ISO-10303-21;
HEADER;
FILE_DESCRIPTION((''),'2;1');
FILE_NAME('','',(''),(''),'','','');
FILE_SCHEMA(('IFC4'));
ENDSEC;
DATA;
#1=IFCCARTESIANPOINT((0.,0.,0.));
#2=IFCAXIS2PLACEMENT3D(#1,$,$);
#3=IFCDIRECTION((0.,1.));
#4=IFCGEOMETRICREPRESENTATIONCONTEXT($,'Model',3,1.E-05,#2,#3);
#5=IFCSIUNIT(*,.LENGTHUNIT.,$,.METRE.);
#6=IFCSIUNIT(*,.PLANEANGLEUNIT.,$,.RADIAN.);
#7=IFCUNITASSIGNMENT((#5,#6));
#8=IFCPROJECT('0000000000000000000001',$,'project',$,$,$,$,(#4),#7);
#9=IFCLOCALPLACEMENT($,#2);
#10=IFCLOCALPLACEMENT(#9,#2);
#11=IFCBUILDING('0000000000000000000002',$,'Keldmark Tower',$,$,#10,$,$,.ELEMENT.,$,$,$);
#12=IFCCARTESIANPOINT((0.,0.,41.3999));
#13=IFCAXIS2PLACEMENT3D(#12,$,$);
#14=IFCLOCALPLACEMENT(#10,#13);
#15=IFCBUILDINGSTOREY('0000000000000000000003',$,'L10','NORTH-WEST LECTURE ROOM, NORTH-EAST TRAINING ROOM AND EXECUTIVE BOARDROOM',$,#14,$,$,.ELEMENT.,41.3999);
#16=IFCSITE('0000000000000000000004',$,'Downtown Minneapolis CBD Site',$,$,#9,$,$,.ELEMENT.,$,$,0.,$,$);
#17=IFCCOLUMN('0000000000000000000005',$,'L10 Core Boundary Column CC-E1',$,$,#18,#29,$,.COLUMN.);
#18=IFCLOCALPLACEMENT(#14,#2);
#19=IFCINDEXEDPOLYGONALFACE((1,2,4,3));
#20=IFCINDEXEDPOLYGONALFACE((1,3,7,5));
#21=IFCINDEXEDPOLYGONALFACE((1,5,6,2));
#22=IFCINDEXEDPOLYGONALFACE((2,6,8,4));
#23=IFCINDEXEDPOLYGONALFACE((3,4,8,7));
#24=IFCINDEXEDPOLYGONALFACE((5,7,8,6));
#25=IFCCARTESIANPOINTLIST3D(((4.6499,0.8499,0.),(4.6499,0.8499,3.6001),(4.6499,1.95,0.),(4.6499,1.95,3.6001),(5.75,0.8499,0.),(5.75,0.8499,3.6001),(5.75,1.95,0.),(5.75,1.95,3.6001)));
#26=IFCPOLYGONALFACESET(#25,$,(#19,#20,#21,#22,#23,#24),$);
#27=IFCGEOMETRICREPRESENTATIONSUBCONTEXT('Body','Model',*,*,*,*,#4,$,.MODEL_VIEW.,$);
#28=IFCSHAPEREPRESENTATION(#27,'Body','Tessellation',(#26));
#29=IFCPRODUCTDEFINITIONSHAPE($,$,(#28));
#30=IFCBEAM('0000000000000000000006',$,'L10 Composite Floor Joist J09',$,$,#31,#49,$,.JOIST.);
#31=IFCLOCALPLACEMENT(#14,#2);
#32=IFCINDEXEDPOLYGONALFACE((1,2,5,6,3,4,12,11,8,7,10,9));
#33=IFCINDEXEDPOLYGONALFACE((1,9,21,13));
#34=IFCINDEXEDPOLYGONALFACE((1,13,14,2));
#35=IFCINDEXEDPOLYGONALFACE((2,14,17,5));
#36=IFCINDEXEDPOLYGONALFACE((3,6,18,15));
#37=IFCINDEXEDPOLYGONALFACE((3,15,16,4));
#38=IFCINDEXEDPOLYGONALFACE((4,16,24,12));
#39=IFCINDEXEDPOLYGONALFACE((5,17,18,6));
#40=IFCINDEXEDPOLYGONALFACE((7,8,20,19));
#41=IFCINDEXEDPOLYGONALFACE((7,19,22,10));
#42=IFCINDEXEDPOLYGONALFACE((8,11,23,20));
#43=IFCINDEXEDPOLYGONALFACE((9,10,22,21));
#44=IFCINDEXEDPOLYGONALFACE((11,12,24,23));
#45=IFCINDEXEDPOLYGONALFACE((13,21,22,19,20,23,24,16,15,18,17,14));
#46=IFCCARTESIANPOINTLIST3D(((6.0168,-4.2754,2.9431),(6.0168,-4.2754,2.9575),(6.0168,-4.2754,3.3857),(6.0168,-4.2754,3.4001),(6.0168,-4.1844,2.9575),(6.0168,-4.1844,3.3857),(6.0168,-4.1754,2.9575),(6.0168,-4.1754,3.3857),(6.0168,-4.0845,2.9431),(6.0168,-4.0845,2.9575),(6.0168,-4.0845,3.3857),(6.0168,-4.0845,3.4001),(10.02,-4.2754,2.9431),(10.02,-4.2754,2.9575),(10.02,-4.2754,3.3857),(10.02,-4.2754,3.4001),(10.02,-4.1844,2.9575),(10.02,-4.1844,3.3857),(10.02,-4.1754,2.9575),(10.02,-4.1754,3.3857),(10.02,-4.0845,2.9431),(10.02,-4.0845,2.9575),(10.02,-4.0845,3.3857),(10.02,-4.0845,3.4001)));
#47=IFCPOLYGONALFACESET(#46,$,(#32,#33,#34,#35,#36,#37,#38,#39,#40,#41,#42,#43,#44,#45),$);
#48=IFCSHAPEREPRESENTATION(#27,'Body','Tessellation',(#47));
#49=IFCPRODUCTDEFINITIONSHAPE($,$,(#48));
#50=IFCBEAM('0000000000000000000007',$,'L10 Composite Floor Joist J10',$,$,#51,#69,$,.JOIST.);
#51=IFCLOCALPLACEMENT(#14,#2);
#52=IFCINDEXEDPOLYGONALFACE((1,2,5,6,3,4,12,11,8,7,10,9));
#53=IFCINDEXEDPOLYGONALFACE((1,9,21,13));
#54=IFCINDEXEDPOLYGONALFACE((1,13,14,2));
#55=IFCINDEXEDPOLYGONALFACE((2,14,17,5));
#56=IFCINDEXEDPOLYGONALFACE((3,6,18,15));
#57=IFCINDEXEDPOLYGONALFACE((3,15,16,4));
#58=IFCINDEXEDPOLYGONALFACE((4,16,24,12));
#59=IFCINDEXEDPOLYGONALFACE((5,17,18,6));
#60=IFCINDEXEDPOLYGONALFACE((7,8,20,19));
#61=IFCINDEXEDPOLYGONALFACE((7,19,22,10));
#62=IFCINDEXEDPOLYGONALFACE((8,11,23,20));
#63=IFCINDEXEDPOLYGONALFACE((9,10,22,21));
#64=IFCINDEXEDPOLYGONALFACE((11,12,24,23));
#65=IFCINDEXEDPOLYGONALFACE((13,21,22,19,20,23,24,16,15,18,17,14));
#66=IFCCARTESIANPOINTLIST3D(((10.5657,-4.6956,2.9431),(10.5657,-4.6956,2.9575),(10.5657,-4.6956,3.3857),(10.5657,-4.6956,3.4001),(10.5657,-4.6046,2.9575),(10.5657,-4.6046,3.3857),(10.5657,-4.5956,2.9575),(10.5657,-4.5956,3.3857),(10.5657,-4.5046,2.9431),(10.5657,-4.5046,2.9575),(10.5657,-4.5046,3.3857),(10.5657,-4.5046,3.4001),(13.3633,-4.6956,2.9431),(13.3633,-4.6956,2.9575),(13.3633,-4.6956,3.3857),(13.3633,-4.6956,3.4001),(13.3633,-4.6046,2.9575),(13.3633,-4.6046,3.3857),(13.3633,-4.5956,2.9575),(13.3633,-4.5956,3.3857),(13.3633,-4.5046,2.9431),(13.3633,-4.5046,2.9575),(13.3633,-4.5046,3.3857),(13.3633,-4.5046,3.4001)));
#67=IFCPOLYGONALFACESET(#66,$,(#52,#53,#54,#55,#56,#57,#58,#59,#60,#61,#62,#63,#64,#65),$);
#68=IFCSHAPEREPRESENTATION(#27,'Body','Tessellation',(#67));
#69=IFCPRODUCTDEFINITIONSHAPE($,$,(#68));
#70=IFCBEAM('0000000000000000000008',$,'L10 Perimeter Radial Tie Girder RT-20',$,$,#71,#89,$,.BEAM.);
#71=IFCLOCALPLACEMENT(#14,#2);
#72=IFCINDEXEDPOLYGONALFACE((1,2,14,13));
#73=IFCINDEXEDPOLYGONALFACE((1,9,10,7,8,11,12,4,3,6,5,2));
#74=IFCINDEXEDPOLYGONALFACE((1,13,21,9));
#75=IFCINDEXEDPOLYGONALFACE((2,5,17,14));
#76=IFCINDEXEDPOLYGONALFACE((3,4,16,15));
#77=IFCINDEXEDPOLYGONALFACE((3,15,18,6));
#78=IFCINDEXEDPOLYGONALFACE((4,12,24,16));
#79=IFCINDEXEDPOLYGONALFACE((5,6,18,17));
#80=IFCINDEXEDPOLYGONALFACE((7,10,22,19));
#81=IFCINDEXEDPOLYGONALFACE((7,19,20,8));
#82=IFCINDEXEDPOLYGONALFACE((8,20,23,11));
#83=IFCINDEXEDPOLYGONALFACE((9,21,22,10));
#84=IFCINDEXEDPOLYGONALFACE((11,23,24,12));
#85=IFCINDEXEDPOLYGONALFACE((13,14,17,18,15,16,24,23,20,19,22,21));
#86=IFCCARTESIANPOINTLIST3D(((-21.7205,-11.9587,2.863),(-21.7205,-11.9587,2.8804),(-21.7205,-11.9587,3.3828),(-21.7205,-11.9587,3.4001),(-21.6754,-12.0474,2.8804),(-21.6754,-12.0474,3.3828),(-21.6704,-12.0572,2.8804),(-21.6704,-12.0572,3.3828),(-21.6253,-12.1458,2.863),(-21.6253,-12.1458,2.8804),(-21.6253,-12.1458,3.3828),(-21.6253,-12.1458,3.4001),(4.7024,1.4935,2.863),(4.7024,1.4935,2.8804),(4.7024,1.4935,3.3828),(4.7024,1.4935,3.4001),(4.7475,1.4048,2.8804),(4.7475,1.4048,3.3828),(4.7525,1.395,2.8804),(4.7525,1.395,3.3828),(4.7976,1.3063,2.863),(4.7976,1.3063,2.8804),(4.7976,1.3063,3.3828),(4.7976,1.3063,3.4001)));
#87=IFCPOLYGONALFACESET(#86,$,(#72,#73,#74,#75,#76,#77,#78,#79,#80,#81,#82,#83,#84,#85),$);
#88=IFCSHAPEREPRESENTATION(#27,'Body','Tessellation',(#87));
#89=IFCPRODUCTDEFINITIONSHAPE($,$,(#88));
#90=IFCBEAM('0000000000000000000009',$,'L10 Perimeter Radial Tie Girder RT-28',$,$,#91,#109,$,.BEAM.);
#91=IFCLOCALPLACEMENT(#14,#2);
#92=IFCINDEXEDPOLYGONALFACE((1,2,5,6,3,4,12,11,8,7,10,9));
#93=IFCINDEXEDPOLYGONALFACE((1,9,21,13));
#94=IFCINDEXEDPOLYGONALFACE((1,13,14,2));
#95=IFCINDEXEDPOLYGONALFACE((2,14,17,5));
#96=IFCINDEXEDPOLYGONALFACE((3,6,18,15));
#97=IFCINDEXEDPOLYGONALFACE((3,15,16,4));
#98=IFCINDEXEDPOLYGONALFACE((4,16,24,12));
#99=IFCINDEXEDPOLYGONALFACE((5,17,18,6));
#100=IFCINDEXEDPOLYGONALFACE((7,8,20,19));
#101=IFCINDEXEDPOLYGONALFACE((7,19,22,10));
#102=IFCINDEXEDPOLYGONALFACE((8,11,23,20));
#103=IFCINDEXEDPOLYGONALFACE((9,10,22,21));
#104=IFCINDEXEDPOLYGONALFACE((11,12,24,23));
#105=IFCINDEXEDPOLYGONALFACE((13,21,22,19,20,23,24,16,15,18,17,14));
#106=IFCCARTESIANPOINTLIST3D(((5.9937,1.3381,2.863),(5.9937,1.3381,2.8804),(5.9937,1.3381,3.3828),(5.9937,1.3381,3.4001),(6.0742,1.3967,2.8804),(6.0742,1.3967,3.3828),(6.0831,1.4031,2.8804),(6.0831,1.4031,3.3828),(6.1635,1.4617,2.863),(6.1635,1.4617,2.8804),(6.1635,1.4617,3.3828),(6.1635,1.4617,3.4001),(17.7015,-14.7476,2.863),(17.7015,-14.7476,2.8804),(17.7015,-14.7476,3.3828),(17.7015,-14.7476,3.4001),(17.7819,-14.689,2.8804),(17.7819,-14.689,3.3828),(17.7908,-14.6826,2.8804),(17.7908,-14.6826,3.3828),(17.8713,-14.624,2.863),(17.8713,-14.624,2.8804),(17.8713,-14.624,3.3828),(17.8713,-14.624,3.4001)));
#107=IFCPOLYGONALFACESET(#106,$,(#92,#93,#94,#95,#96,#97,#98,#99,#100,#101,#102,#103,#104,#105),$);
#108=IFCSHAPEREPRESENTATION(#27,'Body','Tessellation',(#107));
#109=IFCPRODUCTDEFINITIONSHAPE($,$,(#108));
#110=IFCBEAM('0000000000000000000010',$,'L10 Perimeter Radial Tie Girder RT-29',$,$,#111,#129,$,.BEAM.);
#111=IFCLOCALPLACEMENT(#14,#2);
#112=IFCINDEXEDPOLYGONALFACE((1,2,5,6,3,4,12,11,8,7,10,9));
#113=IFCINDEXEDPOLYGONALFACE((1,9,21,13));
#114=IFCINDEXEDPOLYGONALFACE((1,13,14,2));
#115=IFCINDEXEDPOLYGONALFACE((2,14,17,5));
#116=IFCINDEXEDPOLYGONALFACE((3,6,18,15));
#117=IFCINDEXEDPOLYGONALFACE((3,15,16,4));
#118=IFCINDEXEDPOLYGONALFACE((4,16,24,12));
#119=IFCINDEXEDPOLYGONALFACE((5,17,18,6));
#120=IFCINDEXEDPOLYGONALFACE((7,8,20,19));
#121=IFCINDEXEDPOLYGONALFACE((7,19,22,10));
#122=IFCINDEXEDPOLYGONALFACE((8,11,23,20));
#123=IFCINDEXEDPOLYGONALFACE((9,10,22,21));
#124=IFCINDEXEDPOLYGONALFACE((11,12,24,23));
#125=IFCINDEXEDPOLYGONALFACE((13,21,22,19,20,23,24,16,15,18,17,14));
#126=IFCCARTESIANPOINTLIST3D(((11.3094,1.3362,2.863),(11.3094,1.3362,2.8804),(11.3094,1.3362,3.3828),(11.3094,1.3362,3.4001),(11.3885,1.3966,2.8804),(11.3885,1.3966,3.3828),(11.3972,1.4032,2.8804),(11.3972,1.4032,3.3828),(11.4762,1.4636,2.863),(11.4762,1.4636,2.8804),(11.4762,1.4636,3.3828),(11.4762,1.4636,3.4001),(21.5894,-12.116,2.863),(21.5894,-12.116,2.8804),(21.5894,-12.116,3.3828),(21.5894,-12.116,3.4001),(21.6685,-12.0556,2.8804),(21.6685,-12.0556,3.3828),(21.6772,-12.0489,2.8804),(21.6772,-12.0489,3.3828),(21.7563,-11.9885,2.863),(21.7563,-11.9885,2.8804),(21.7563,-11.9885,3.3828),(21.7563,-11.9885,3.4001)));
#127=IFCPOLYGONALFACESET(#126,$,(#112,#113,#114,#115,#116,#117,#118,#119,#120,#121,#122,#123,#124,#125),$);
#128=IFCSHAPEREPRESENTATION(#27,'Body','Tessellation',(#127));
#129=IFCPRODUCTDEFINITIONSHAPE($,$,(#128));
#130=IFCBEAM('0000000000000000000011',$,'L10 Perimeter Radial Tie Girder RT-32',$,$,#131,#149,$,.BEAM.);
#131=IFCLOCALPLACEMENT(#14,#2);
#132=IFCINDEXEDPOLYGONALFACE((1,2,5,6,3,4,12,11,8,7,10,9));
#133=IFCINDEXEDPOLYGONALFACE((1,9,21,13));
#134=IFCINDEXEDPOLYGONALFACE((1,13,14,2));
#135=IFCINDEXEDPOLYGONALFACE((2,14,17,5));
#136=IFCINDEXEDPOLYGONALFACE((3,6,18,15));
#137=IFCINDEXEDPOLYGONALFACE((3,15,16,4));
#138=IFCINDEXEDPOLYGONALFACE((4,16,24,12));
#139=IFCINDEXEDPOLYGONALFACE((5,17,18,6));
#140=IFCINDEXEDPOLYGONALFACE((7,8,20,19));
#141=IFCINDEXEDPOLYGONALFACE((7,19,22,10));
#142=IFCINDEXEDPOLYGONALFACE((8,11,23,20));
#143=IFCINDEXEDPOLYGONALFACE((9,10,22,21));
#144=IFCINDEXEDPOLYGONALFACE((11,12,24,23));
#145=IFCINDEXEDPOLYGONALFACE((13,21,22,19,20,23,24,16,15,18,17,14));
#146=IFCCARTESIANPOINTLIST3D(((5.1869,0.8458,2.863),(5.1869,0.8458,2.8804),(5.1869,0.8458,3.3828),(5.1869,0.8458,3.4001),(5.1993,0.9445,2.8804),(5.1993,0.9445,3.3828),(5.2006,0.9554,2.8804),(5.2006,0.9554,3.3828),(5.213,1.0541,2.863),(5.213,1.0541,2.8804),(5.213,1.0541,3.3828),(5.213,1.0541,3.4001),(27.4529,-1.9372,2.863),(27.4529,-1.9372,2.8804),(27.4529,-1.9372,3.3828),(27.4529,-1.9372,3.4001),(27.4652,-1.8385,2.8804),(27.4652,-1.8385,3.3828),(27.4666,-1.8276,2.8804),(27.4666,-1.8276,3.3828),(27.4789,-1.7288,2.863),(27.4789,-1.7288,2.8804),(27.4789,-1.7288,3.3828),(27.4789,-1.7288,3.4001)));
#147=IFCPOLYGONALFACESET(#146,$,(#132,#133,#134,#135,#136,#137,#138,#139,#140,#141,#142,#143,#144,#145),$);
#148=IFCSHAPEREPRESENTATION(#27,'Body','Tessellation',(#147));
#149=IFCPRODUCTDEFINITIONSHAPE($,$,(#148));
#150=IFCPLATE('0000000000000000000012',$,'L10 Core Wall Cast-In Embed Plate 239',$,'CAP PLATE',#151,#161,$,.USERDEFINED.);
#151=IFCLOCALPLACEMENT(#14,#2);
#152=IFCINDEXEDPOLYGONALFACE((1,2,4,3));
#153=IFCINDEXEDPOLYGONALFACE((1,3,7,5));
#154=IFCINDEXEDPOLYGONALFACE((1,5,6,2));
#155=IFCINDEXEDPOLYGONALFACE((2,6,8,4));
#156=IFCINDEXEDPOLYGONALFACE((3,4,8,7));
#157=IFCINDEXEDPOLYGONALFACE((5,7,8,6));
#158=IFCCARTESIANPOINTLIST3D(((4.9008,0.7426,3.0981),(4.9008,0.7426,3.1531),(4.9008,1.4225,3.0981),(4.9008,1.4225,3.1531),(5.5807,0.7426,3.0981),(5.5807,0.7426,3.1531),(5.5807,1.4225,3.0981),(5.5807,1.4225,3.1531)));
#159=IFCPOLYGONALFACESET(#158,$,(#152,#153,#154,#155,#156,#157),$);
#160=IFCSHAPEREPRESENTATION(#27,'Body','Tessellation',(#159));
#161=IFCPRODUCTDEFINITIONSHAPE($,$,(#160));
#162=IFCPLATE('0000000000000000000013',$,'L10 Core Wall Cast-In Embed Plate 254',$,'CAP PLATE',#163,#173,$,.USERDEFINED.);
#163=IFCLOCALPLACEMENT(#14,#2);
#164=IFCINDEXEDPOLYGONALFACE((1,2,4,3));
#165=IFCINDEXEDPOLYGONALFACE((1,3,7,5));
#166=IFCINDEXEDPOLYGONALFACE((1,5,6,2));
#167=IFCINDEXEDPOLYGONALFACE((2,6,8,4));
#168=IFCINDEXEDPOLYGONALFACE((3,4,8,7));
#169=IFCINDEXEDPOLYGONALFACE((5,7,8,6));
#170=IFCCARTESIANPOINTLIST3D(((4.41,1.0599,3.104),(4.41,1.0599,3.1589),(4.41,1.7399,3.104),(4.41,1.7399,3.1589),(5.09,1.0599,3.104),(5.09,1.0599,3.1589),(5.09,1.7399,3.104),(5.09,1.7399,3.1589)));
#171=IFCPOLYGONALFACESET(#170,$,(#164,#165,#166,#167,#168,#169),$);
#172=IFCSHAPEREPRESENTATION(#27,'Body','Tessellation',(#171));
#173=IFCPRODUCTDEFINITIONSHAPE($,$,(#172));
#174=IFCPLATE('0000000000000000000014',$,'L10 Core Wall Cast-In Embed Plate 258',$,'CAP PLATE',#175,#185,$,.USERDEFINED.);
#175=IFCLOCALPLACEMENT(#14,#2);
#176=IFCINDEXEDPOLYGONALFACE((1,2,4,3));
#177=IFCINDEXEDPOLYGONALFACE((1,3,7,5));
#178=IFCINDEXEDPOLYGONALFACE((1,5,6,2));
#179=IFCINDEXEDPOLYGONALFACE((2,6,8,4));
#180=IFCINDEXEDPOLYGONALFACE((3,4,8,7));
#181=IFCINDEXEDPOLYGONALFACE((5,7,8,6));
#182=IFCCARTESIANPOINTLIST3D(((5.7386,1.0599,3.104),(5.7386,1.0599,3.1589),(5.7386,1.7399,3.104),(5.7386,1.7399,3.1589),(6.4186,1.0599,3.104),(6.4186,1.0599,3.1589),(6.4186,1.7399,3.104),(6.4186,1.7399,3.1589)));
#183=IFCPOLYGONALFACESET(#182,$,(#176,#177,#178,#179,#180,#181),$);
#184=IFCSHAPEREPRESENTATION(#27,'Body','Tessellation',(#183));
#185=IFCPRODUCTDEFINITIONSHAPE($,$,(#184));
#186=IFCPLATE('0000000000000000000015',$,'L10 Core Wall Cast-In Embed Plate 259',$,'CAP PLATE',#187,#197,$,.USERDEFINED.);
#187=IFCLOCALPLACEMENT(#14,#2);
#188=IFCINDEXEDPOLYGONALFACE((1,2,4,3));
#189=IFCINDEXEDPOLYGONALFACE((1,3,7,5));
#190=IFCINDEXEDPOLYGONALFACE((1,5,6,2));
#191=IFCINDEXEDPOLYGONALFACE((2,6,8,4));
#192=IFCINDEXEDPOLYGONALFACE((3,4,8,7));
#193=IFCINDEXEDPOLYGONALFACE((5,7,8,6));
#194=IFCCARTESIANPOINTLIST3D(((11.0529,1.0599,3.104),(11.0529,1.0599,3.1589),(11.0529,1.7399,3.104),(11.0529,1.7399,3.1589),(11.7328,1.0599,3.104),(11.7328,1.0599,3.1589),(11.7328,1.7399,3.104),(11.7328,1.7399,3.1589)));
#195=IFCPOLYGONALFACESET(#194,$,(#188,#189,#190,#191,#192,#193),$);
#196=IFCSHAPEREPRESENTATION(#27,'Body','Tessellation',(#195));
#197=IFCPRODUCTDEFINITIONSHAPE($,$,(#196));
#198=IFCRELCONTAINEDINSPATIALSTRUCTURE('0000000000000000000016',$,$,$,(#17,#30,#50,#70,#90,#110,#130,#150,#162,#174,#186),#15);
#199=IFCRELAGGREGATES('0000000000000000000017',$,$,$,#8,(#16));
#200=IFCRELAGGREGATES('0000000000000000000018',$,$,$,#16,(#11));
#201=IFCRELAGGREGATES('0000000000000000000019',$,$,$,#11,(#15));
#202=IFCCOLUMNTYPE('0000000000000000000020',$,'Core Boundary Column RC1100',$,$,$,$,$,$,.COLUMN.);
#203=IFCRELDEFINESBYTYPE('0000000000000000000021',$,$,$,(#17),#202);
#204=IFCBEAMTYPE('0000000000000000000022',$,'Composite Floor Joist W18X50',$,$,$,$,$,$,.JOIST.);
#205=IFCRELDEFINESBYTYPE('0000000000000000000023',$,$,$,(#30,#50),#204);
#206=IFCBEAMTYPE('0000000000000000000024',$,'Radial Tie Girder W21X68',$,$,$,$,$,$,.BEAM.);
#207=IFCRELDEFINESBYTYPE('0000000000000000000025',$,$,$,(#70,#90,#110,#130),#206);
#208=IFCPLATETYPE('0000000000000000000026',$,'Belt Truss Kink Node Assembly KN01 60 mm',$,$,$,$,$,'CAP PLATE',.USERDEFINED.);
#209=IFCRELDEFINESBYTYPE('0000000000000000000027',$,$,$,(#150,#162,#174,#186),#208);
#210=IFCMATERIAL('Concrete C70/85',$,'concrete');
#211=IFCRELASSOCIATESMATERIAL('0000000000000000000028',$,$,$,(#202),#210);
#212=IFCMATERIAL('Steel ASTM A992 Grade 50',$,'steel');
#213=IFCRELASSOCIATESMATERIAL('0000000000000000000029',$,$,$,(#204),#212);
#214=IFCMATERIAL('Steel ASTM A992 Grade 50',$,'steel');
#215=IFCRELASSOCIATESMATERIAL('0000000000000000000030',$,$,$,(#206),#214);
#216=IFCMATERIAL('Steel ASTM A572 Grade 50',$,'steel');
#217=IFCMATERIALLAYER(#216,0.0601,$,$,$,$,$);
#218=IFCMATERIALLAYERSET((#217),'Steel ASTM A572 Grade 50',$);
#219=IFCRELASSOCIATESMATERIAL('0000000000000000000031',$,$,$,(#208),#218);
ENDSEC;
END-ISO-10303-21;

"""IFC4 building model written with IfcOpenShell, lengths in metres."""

from ifc_helpers import new_model, si_unit, direction, frame, origin, origin_2d, place, context, subcontext, project, spatial, rectangle, i_section, extrude, material, layer, layer_set, material_profile, profile_set, type_object, element, save


model = new_model("IFC4")

# Units and contexts
model_context = context("Model", 3, precision=1e-05, world=origin(), true_north=direction((0.0, 1.0)))
body_context = subcontext(model_context, "Body", "Model", "MODEL_VIEW")
ifc_project = project(units=[si_unit("LENGTHUNIT", "METRE"), si_unit("PLANEANGLEUNIT", "RADIAN")], contexts=[model_context])

# Site, building, storey
site_placement = place(None, origin())
site = spatial("IfcSite", under=ifc_project, at=site_placement, Name="Downtown Minneapolis CBD Site", CompositionType="ELEMENT", RefElevation=0.0)
building_placement = place(site_placement, origin())
building = spatial("IfcBuilding", under=site, at=building_placement, Name="Keldmark Tower", CompositionType="ELEMENT")
storey_placement = place(building_placement, frame((0.0, 0.0, 41.3999)))
storey = spatial("IfcBuildingStorey", under=building, at=storey_placement, Name="L10", Description="NORTH-WEST LECTURE ROOM, NORTH-EAST TRAINING ROOM AND EXECUTIVE BOARDROOM", CompositionType="ELEMENT", Elevation=41.3999)

# Column
ifc_material_1 = material(Name="Concrete C70/85", Category="concrete")
ifc_material_profile_1 = material_profile(ifc_material_1, rectangle(XDim=1.1001, YDim=1.1001, at=origin_2d()), Name="RC1100X1100")
ifc_profile_set_1 = profile_set([ifc_material_profile_1], Name="Concrete C70/85")
column_type = type_object("IfcColumnType", Name="Core Boundary Column RC1100", PredefinedType="COLUMN", material=ifc_profile_set_1)
column_placement = place(storey_placement, frame((5.2, 1.3999, 0.0), z_axis=(0.0, 0.0, 1.0), x_axis=(1.0, 0.0, 0.0)))
element("IfcColumn", 1, at=column_placement, inside=storey, type_object=column_type, Name="L10 Core Boundary Column CC-E1", PredefinedType="COLUMN", context=body_context, shape_type="SweptSolid", body=[
    extrude(rectangle(XDim=1.1001, YDim=1.1001, at=origin_2d()), origin(), (0.0, 0.0, 1.0), 3.6001),
])

# Beams
ifc_material_2 = material(Name="Steel ASTM A992 Grade 50", Category="steel")
ifc_material_profile_2 = material_profile(ifc_material_2, i_section(OverallWidth=0.1909, OverallDepth=0.457, WebThickness=0.009, FlangeThickness=0.0144, at=origin_2d()), Name="W18X50")
ifc_profile_set_2 = profile_set([ifc_material_profile_2], Name="Steel ASTM A992 Grade 50")
beam_type_1 = type_object("IfcBeamType", Name="Composite Floor Joist W18X50", PredefinedType="JOIST", material=ifc_profile_set_2)
beam_1_placement = place(storey_placement, frame((6.0168, -4.1799, 3.1716), z_axis=(1.0, 0.0, 0.0), x_axis=(0.0, 1.0, 0.0)))
element("IfcBeam", 2, at=beam_1_placement, inside=storey, type_object=beam_type_1, Name="L10 Composite Floor Joist J09", PredefinedType="JOIST", context=body_context, shape_type="SweptSolid", body=[
    extrude(i_section(OverallWidth=0.1909, OverallDepth=0.457, WebThickness=0.009, FlangeThickness=0.0144, at=origin_2d()), origin(), (0.0, 0.0, 1.0), 4.0032),
])
beam_2_placement = place(storey_placement, frame((10.5657, -4.6001, 3.1716), z_axis=(1.0, 0.0, 0.0), x_axis=(0.0, 1.0, 0.0)))
element("IfcBeam", 3, at=beam_2_placement, inside=storey, type_object=beam_type_1, Name="L10 Composite Floor Joist J10", PredefinedType="JOIST", context=body_context, shape_type="SweptSolid", body=[
    extrude(i_section(OverallWidth=0.1909, OverallDepth=0.457, WebThickness=0.009, FlangeThickness=0.0144, at=origin_2d()), origin(), (0.0, 0.0, 1.0), 2.7976),
])
ifc_material_3 = material(Name="Steel ASTM A992 Grade 50", Category="steel")
ifc_material_profile_3 = material_profile(ifc_material_3, i_section(OverallWidth=0.21, OverallDepth=0.5371, WebThickness=0.011, FlangeThickness=0.0173, at=origin_2d()), Name="W21X68")
ifc_profile_set_3 = profile_set([ifc_material_profile_3], Name="Steel ASTM A992 Grade 50")
beam_type_2 = type_object("IfcBeamType", Name="Radial Tie Girder W21X68", PredefinedType="BEAM", material=ifc_profile_set_3)
beam_3_placement = place(storey_placement, frame((4.75, 1.3999, 3.1316), z_axis=(-0.891156, -0.453697, 0.0), x_axis=(0.453697, -0.891156, 0.0)))
element("IfcBeam", 4, at=beam_3_placement, inside=storey, type_object=beam_type_2, Name="L10 Perimeter Radial Tie Girder RT-20", PredefinedType="BEAM", context=body_context, shape_type="SweptSolid", body=[
    extrude(i_section(OverallWidth=0.21, OverallDepth=0.5371, WebThickness=0.011, FlangeThickness=0.0173, at=origin_2d()), origin(), (0.0, 0.0, 1.0), 29.6501),
])
beam_4_placement = place(storey_placement, frame((6.0786, 1.3999, 3.1316), z_axis=(0.58847, -0.808519, 0.0), x_axis=(0.808519, 0.58847, 0.0)))
element("IfcBeam", 5, at=beam_4_placement, inside=storey, type_object=beam_type_2, Name="L10 Perimeter Radial Tie Girder RT-28", PredefinedType="BEAM", context=body_context, shape_type="SweptSolid", body=[
    extrude(i_section(OverallWidth=0.21, OverallDepth=0.5371, WebThickness=0.011, FlangeThickness=0.0173, at=origin_2d()), origin(), (0.0, 0.0, 1.0), 19.8953),
])
beam_5_placement = place(storey_placement, frame((11.3928, 1.3999, 3.1316), z_axis=(0.607193, -0.794555, 0.0), x_axis=(0.794555, 0.607193, 0.0)))
element("IfcBeam", 6, at=beam_5_placement, inside=storey, type_object=beam_type_2, Name="L10 Perimeter Radial Tie Girder RT-29", PredefinedType="BEAM", context=body_context, shape_type="SweptSolid", body=[
    extrude(i_section(OverallWidth=0.21, OverallDepth=0.5371, WebThickness=0.011, FlangeThickness=0.0173, at=origin_2d()), origin(), (0.0, 0.0, 1.0), 16.9304),
])
beam_6_placement = place(storey_placement, frame((5.2, 0.95, 3.1316), z_axis=(0.992279, -0.124023, 0.0), x_axis=(0.124023, 0.992279, 0.0)))
element("IfcBeam", 7, at=beam_6_placement, inside=storey, type_object=beam_type_2, Name="L10 Perimeter Radial Tie Girder RT-32", PredefinedType="BEAM", context=body_context, shape_type="SweptSolid", body=[
    extrude(i_section(OverallWidth=0.21, OverallDepth=0.5371, WebThickness=0.011, FlangeThickness=0.0173, at=origin_2d()), origin(), (0.0, 0.0, 1.0), 22.4392),
])

# Plates
ifc_material_4 = material(Name="Steel ASTM A572 Grade 50", Category="steel")
ifc_layer_1 = layer(ifc_material_4, 0.0601)
ifc_layer_set_1 = layer_set([ifc_layer_1], Name="Steel ASTM A572 Grade 50")
plate_type = type_object("IfcPlateType", Name="Belt Truss Kink Node Assembly KN01 60 mm", ElementType="CAP PLATE", PredefinedType="USERDEFINED", material=ifc_layer_set_1)
for number, where, z_axis, x_axis, name in (
    (8, (5.2407, 1.0825, 3.0981), (0.0, 0.0, 1.0), (1.0, 0.0, 0.0), "L10 Core Wall Cast-In Embed Plate 239"),
    (9, (4.75, 1.3999, 3.104), (0.0, 0.0, 1.0), (1.0, 0.0, 0.0), "L10 Core Wall Cast-In Embed Plate 254"),
    (10, (6.0786, 1.3999, 3.104), (0.0, 0.0, 1.0), (1.0, 0.0, 0.0), "L10 Core Wall Cast-In Embed Plate 258"),
    (11, (11.3928, 1.3999, 3.104), (0.0, 0.0, 1.0), (1.0, 0.0, 0.0), "L10 Core Wall Cast-In Embed Plate 259"),
):
    element("IfcPlate", number, at=place(storey_placement, frame(where, z_axis=z_axis, x_axis=x_axis)), inside=storey, type_object=plate_type, Name=name, ObjectType="CAP PLATE", PredefinedType="USERDEFINED", context=body_context, shape_type="SweptSolid", body=[
        extrude(rectangle(XDim=0.6799, YDim=0.6799, at=origin_2d()), origin(), (0.0, 0.0, 1.0), 0.0549),
    ])

save(model, "model.ifc")
